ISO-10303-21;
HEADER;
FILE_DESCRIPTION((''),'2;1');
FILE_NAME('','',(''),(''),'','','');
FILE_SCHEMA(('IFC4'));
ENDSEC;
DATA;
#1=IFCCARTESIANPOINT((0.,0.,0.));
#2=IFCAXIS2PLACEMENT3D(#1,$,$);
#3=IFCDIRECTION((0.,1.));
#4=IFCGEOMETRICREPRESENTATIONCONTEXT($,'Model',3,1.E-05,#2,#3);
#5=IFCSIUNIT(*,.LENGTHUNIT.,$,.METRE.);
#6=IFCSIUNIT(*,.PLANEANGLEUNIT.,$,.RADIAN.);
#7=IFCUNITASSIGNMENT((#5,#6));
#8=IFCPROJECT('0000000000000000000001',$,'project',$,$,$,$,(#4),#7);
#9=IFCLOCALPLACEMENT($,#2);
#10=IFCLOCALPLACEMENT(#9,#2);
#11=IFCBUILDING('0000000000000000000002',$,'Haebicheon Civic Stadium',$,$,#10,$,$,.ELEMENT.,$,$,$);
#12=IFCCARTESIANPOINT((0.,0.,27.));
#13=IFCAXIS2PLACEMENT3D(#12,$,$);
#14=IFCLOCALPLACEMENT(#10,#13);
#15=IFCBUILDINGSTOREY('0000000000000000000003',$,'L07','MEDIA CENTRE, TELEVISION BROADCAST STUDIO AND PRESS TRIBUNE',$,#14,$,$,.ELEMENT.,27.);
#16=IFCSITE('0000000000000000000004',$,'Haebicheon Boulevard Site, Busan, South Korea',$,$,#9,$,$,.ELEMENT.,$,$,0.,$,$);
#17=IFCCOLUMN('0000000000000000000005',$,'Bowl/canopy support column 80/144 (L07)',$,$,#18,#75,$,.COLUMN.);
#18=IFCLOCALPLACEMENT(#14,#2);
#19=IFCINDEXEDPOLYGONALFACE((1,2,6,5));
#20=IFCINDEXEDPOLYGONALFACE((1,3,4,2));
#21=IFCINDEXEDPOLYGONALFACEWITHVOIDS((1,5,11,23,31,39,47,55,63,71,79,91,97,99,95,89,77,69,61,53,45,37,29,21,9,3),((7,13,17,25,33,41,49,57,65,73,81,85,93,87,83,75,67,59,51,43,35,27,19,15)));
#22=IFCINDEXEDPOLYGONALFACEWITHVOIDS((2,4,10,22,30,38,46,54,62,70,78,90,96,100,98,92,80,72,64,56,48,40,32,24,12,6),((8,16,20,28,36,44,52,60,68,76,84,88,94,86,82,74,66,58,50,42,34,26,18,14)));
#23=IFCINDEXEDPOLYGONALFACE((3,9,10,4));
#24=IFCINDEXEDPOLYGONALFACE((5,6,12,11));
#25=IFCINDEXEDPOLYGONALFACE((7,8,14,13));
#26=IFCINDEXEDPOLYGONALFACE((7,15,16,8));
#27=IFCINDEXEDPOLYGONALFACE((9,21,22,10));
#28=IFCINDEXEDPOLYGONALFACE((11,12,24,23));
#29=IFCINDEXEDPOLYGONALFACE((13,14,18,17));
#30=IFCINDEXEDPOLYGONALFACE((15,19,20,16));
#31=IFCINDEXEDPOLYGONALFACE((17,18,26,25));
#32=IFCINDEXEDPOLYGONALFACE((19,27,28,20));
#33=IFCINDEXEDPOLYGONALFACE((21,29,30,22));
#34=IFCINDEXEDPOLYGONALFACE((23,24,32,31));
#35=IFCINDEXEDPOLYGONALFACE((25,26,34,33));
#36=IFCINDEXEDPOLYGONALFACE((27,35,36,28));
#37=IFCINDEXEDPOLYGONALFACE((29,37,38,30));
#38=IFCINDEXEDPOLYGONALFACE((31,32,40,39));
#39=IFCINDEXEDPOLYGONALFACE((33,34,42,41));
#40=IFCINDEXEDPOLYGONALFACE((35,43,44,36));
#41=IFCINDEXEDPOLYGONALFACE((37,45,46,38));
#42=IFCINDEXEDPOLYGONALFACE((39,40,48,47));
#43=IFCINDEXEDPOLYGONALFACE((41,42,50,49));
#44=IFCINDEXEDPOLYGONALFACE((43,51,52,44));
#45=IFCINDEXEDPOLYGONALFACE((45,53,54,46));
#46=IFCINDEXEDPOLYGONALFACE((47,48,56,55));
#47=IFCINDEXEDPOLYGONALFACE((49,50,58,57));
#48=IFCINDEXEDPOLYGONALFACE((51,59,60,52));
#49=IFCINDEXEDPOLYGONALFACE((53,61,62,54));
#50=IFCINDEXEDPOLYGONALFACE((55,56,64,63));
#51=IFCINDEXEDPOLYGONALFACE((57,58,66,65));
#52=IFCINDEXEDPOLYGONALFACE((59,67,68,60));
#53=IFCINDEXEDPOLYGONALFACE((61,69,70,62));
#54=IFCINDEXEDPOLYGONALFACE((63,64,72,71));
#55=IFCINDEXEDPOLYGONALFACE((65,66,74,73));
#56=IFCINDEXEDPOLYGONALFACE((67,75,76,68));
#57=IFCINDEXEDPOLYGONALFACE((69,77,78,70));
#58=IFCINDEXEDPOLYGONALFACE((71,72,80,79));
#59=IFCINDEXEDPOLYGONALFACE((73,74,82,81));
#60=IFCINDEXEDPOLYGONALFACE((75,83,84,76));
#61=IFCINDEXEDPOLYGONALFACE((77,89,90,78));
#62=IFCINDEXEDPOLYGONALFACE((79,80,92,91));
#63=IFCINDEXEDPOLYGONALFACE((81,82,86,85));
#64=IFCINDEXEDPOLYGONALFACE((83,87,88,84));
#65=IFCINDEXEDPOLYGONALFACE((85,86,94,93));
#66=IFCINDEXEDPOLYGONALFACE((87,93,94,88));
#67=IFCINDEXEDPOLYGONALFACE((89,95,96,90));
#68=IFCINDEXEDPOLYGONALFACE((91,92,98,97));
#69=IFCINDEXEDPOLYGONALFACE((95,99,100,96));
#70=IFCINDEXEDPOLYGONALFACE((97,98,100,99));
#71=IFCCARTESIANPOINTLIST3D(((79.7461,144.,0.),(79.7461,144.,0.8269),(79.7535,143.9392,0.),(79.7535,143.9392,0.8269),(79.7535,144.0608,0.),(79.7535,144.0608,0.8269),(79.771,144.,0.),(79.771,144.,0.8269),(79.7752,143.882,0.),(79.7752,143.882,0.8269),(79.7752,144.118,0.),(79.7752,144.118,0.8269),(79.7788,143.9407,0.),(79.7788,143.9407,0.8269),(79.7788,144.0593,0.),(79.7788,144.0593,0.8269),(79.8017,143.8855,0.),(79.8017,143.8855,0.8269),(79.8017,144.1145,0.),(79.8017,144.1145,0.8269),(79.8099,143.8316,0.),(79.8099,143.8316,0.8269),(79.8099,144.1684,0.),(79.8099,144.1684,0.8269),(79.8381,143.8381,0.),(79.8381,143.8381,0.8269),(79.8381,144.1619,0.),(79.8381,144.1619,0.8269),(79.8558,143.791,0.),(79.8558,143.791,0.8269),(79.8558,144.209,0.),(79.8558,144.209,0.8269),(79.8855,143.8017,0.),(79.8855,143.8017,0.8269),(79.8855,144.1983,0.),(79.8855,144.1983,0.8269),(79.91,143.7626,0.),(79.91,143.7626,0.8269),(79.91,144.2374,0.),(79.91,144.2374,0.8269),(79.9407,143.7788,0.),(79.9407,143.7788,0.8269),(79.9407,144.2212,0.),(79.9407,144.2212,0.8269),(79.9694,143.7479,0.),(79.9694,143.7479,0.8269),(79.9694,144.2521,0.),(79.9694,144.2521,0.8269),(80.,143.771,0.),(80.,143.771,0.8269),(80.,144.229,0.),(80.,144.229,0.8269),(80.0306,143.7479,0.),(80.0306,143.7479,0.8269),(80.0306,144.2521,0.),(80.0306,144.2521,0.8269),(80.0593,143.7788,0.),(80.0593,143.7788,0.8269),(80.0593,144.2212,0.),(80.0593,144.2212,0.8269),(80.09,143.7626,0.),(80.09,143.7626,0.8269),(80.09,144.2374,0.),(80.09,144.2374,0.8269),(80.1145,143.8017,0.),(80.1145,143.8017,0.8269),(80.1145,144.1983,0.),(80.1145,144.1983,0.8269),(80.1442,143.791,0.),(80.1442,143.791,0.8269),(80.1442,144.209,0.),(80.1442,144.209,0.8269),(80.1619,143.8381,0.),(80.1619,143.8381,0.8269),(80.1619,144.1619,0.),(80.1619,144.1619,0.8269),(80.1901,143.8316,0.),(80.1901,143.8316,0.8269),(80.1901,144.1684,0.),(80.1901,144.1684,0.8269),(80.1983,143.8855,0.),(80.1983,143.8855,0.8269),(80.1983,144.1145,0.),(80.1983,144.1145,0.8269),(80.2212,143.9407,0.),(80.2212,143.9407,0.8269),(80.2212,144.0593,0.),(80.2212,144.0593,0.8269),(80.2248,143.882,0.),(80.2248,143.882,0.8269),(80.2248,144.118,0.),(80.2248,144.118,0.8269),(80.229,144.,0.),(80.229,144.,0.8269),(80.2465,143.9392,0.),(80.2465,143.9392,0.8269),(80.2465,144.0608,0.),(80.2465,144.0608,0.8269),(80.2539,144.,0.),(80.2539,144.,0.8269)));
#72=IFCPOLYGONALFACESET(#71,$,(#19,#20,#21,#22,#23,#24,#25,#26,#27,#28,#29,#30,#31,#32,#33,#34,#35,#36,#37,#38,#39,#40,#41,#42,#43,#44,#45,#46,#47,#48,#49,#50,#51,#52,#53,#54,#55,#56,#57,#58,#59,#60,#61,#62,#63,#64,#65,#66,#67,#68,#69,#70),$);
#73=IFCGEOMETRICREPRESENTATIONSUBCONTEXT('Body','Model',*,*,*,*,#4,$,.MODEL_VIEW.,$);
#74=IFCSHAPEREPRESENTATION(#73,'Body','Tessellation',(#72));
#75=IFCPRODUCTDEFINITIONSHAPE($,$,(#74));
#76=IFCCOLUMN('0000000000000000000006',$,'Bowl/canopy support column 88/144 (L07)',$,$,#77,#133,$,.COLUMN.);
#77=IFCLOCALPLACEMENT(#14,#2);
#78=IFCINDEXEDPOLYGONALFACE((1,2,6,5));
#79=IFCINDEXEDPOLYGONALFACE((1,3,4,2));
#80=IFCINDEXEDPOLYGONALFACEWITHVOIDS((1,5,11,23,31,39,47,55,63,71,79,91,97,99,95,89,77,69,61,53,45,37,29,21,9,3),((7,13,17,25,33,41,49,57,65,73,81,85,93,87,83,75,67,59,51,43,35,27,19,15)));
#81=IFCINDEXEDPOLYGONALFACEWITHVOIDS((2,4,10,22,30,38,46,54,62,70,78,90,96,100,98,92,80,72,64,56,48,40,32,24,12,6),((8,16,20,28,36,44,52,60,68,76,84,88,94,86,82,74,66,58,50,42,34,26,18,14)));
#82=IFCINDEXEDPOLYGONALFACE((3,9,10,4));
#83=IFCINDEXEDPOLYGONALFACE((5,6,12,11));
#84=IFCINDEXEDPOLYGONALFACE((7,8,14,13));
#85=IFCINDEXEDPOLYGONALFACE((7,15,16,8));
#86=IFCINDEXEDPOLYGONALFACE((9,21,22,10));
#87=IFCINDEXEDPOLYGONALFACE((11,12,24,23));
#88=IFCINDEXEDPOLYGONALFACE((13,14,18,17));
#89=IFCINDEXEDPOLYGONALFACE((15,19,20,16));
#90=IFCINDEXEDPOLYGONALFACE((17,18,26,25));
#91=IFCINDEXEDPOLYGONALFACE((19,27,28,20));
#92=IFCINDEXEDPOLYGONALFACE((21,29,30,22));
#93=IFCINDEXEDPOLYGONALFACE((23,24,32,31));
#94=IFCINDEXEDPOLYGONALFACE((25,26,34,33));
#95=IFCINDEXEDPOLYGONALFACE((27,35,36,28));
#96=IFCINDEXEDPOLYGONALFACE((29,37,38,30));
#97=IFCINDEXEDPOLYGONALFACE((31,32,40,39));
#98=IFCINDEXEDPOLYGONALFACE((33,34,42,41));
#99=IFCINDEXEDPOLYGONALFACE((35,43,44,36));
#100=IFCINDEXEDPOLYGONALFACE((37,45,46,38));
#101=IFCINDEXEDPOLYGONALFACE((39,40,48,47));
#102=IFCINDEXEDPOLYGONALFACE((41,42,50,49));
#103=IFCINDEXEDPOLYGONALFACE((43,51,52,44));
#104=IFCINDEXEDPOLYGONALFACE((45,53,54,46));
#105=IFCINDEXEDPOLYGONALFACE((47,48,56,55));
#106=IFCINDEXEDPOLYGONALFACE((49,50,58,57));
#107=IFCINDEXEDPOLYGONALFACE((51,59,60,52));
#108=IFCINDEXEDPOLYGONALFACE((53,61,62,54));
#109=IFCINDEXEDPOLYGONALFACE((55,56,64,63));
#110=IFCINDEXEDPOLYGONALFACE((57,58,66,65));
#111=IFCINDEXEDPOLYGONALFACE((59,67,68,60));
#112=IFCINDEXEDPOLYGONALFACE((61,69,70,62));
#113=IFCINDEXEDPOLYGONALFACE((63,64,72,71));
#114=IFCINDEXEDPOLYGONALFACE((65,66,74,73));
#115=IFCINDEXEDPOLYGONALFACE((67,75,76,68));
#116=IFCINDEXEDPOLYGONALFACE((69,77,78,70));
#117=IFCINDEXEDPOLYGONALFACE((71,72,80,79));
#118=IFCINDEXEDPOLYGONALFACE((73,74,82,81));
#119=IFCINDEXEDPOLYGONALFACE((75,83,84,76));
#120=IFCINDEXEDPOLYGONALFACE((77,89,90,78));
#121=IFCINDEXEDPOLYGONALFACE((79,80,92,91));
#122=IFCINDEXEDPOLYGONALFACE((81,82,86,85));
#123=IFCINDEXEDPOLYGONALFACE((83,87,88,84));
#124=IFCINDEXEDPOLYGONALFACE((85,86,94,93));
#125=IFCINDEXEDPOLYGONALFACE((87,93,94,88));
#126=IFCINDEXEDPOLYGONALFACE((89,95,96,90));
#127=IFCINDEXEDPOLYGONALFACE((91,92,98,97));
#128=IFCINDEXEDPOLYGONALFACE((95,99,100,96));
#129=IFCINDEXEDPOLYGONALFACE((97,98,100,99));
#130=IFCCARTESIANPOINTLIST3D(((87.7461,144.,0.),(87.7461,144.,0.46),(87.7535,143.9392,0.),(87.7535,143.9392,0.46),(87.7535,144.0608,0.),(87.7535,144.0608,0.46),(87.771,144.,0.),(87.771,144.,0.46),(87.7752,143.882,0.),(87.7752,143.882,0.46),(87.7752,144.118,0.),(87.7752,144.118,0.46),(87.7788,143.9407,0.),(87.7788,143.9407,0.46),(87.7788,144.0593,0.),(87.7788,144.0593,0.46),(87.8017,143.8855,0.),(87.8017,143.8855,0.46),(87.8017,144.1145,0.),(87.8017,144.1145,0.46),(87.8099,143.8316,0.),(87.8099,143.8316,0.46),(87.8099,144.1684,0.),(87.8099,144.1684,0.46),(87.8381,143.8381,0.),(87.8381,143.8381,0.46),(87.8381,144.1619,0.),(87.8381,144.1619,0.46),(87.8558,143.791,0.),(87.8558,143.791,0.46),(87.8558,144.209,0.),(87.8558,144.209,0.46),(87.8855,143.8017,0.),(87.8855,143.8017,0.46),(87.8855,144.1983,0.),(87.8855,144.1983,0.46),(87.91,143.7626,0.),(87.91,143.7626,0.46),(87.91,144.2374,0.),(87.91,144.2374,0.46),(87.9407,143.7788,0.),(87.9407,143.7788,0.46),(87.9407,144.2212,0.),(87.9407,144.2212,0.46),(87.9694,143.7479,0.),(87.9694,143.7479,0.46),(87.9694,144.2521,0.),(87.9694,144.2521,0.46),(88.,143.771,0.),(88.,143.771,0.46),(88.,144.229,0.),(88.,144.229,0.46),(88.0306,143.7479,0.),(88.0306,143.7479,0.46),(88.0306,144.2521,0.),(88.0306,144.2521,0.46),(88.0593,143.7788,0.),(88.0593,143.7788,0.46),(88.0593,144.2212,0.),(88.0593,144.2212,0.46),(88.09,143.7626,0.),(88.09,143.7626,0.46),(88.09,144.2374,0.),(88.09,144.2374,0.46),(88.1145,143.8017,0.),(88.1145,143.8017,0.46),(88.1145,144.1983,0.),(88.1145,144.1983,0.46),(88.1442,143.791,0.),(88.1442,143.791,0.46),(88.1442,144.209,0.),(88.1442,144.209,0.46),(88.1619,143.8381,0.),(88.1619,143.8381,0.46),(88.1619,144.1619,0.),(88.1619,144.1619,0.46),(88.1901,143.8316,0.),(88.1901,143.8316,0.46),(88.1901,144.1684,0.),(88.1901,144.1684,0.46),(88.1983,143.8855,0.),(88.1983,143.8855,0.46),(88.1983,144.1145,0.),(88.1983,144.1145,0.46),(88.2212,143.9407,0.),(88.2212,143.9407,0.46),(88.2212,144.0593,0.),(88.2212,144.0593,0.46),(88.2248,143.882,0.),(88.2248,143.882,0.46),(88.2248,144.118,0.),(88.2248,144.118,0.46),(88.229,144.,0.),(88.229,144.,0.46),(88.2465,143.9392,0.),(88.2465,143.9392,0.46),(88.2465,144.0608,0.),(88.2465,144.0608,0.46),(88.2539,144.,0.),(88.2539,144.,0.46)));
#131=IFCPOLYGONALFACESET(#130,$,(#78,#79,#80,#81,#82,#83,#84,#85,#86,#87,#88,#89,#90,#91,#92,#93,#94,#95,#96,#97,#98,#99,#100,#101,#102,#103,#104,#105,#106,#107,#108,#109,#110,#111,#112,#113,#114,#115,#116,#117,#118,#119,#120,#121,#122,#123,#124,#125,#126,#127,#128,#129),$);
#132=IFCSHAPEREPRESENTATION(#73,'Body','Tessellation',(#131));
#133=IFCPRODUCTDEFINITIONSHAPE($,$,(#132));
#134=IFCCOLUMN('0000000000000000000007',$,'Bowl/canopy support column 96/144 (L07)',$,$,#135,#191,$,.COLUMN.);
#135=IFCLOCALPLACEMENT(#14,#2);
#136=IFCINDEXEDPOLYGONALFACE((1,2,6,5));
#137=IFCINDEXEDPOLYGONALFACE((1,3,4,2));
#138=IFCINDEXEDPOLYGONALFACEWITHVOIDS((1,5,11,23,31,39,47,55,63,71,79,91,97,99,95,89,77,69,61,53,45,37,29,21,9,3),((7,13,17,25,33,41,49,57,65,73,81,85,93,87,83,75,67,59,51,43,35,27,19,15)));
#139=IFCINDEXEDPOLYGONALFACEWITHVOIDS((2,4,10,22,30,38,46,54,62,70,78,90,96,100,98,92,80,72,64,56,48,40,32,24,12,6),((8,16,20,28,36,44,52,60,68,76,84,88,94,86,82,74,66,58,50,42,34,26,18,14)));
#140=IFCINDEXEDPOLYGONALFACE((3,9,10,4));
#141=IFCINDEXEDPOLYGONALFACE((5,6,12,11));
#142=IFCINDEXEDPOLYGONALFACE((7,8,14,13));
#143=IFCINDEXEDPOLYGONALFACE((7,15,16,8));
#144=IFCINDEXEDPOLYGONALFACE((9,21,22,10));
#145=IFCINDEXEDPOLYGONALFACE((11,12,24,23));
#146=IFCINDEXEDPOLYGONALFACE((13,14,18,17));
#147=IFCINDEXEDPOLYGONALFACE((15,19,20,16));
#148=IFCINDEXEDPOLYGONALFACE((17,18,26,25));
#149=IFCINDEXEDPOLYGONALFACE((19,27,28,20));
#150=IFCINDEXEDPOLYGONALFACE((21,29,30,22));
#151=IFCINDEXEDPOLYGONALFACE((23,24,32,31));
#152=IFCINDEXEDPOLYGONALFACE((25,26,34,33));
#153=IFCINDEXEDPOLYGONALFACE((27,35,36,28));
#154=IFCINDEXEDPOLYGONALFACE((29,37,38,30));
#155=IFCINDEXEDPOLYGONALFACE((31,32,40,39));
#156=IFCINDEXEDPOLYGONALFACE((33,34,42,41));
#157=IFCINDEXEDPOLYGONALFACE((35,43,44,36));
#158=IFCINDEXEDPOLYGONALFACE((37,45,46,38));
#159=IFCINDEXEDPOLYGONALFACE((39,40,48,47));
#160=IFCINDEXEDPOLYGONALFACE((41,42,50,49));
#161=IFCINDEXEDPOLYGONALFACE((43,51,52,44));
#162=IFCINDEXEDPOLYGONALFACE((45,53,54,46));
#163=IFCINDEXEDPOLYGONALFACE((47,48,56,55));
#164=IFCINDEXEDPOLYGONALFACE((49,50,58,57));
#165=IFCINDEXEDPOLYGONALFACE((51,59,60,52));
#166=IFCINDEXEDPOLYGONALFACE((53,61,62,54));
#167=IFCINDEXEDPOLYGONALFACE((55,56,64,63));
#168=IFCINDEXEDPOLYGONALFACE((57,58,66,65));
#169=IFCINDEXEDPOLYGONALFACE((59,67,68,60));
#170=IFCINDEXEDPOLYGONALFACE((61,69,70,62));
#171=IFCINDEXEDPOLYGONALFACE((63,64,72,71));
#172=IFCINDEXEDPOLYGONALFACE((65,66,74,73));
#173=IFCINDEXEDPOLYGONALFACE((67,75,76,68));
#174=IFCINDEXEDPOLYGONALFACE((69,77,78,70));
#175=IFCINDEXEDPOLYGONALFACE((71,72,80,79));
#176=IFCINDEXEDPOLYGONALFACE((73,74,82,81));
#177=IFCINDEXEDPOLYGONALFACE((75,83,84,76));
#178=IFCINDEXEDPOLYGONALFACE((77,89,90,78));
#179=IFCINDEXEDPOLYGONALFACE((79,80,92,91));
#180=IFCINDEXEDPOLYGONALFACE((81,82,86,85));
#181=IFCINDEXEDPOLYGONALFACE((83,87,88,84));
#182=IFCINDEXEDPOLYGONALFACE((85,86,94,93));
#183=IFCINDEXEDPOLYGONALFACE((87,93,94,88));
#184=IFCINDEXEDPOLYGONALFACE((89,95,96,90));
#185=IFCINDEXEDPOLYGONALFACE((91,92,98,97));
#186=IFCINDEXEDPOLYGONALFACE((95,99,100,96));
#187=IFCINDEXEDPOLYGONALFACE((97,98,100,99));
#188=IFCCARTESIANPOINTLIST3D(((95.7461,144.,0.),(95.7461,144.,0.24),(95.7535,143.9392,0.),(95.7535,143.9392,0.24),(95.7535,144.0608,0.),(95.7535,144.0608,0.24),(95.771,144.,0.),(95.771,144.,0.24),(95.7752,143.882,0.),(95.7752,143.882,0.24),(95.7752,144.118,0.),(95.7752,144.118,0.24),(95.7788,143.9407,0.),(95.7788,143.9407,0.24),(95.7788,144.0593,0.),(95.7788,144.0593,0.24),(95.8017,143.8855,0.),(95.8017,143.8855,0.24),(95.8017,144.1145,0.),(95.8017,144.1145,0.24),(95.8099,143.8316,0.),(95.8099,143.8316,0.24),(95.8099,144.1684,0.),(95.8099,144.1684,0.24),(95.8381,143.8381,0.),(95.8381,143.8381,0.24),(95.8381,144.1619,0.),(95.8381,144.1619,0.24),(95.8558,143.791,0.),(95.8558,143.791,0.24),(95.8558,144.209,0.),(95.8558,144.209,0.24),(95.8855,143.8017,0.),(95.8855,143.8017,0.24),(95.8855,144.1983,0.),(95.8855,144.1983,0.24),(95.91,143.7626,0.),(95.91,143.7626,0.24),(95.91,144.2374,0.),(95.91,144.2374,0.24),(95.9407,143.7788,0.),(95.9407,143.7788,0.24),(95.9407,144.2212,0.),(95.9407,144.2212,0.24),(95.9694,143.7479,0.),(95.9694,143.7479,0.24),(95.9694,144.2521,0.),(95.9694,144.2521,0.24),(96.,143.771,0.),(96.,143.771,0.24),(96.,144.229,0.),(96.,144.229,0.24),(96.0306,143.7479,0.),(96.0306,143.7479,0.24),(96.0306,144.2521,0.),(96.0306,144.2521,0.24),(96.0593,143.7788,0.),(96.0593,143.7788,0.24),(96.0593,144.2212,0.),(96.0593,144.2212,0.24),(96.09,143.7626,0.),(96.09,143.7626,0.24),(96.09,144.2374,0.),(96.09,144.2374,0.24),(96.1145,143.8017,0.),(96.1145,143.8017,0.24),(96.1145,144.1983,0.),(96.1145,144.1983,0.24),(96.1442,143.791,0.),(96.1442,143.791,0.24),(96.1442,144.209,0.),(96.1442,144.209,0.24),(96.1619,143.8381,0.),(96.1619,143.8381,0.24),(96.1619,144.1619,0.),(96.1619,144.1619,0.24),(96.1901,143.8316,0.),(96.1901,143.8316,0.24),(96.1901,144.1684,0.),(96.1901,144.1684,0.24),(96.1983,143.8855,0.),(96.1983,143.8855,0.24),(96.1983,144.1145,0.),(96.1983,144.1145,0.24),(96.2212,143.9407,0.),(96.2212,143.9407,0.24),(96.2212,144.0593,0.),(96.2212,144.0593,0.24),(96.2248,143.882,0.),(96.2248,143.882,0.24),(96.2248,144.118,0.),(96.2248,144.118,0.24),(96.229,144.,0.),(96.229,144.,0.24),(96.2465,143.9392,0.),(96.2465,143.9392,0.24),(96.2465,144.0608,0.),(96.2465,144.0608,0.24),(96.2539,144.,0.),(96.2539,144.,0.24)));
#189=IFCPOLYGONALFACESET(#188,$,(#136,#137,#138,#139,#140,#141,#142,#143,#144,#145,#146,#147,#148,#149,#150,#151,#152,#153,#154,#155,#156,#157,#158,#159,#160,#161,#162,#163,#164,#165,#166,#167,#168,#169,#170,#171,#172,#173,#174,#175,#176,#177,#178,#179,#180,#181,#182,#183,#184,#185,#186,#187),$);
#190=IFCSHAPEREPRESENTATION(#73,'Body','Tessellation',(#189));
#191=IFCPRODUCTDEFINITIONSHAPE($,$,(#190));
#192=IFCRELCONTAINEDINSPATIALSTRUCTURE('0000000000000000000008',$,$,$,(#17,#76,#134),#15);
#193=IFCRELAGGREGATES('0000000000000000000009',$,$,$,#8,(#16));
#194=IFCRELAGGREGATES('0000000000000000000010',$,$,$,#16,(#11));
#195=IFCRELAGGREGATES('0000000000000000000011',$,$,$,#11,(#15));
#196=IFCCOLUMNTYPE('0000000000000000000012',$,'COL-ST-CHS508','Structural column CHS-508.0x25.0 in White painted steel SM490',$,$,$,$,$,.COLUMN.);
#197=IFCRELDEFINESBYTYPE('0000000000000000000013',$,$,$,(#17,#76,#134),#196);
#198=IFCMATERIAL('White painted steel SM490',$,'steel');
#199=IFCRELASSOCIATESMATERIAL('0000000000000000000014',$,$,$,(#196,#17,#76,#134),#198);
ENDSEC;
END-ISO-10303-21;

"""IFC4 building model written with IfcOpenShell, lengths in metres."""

from ifc_helpers import new_model, si_unit, direction, frame, origin, origin_2d, place, context, subcontext, project, spatial, hollow_circle, extrude, material, material_profile, profile_set, type_object, element, save


model = new_model("IFC4")

# Units and contexts
model_context = context("Model", 3, precision=1e-05, world=origin(), true_north=direction((0.0, 1.0)))
body_context = subcontext(model_context, "Body", "Model", "MODEL_VIEW")
ifc_project = project(units=[si_unit("LENGTHUNIT", "METRE"), si_unit("PLANEANGLEUNIT", "RADIAN")], contexts=[model_context])

# Site, building, storey
site_placement = place(None, origin())
site = spatial("IfcSite", under=ifc_project, at=site_placement, Name="Haebicheon Boulevard Site, Busan, South Korea", CompositionType="ELEMENT", RefElevation=0.0)
building_placement = place(site_placement, origin())
building = spatial("IfcBuilding", under=site, at=building_placement, Name="Haebicheon Civic Stadium", CompositionType="ELEMENT")
storey_placement = place(building_placement, frame((0.0, 0.0, 27.0)))
storey = spatial("IfcBuildingStorey", under=building, at=storey_placement, Name="L07", Description="MEDIA CENTRE, TELEVISION BROADCAST STUDIO AND PRESS TRIBUNE", CompositionType="ELEMENT", Elevation=27.0)

# Columns
ifc_material_1 = material(Name="White painted steel SM490", Category="steel")
ifc_material_profile = material_profile(ifc_material_1, hollow_circle(Radius=0.2539, WallThickness=0.0249, at=origin_2d()), Name="CHS-508.0x25.0")
ifc_profile_set = profile_set([ifc_material_profile], Name="White painted steel SM490")
column_type = type_object("IfcColumnType", Name="COL-ST-CHS508", Description="Structural column CHS-508.0x25.0 in White painted steel SM490", PredefinedType="COLUMN", material=ifc_profile_set)
column_1_placement = place(storey_placement, frame((80.0, 144.0, 0.0), z_axis=(0.0, 0.0, 1.0), x_axis=(1.0, 0.0, 0.0)))
element("IfcColumn", 1, at=column_1_placement, inside=storey, type_object=column_type, material=ifc_profile_set, Name="Bowl/canopy support column 80/144 (L07)", PredefinedType="COLUMN", context=body_context, shape_type="SweptSolid", body=[
    extrude(hollow_circle(Radius=0.2539, WallThickness=0.0249, at=origin_2d()), origin(), (0.0, 0.0, 1.0), 0.8269),
])
column_2_placement = place(storey_placement, frame((88.0, 144.0, 0.0), z_axis=(0.0, 0.0, 1.0), x_axis=(1.0, 0.0, 0.0)))
element("IfcColumn", 2, at=column_2_placement, inside=storey, type_object=column_type, material=ifc_profile_set, Name="Bowl/canopy support column 88/144 (L07)", PredefinedType="COLUMN", context=body_context, shape_type="SweptSolid", body=[
    extrude(hollow_circle(Radius=0.2539, WallThickness=0.0249, at=origin_2d()), origin(), (0.0, 0.0, 1.0), 0.46),
])
for number, where, z_axis, x_axis, name in (
    (3, (96.0, 144.0, 0.0), (0.0, 0.0, 1.0), (1.0, 0.0, 0.0), "Bowl/canopy support column 96/144 (L07)"),
):
    element("IfcColumn", number, at=place(storey_placement, frame(where, z_axis=z_axis, x_axis=x_axis)), inside=storey, type_object=column_type, material=ifc_profile_set, Name=name, PredefinedType="COLUMN", context=body_context, shape_type="SweptSolid", body=[
        extrude(hollow_circle(Radius=0.2539, WallThickness=0.0249, at=origin_2d()), origin(), (0.0, 0.0, 1.0), 0.24),
    ])

save(model, "model.ifc")
